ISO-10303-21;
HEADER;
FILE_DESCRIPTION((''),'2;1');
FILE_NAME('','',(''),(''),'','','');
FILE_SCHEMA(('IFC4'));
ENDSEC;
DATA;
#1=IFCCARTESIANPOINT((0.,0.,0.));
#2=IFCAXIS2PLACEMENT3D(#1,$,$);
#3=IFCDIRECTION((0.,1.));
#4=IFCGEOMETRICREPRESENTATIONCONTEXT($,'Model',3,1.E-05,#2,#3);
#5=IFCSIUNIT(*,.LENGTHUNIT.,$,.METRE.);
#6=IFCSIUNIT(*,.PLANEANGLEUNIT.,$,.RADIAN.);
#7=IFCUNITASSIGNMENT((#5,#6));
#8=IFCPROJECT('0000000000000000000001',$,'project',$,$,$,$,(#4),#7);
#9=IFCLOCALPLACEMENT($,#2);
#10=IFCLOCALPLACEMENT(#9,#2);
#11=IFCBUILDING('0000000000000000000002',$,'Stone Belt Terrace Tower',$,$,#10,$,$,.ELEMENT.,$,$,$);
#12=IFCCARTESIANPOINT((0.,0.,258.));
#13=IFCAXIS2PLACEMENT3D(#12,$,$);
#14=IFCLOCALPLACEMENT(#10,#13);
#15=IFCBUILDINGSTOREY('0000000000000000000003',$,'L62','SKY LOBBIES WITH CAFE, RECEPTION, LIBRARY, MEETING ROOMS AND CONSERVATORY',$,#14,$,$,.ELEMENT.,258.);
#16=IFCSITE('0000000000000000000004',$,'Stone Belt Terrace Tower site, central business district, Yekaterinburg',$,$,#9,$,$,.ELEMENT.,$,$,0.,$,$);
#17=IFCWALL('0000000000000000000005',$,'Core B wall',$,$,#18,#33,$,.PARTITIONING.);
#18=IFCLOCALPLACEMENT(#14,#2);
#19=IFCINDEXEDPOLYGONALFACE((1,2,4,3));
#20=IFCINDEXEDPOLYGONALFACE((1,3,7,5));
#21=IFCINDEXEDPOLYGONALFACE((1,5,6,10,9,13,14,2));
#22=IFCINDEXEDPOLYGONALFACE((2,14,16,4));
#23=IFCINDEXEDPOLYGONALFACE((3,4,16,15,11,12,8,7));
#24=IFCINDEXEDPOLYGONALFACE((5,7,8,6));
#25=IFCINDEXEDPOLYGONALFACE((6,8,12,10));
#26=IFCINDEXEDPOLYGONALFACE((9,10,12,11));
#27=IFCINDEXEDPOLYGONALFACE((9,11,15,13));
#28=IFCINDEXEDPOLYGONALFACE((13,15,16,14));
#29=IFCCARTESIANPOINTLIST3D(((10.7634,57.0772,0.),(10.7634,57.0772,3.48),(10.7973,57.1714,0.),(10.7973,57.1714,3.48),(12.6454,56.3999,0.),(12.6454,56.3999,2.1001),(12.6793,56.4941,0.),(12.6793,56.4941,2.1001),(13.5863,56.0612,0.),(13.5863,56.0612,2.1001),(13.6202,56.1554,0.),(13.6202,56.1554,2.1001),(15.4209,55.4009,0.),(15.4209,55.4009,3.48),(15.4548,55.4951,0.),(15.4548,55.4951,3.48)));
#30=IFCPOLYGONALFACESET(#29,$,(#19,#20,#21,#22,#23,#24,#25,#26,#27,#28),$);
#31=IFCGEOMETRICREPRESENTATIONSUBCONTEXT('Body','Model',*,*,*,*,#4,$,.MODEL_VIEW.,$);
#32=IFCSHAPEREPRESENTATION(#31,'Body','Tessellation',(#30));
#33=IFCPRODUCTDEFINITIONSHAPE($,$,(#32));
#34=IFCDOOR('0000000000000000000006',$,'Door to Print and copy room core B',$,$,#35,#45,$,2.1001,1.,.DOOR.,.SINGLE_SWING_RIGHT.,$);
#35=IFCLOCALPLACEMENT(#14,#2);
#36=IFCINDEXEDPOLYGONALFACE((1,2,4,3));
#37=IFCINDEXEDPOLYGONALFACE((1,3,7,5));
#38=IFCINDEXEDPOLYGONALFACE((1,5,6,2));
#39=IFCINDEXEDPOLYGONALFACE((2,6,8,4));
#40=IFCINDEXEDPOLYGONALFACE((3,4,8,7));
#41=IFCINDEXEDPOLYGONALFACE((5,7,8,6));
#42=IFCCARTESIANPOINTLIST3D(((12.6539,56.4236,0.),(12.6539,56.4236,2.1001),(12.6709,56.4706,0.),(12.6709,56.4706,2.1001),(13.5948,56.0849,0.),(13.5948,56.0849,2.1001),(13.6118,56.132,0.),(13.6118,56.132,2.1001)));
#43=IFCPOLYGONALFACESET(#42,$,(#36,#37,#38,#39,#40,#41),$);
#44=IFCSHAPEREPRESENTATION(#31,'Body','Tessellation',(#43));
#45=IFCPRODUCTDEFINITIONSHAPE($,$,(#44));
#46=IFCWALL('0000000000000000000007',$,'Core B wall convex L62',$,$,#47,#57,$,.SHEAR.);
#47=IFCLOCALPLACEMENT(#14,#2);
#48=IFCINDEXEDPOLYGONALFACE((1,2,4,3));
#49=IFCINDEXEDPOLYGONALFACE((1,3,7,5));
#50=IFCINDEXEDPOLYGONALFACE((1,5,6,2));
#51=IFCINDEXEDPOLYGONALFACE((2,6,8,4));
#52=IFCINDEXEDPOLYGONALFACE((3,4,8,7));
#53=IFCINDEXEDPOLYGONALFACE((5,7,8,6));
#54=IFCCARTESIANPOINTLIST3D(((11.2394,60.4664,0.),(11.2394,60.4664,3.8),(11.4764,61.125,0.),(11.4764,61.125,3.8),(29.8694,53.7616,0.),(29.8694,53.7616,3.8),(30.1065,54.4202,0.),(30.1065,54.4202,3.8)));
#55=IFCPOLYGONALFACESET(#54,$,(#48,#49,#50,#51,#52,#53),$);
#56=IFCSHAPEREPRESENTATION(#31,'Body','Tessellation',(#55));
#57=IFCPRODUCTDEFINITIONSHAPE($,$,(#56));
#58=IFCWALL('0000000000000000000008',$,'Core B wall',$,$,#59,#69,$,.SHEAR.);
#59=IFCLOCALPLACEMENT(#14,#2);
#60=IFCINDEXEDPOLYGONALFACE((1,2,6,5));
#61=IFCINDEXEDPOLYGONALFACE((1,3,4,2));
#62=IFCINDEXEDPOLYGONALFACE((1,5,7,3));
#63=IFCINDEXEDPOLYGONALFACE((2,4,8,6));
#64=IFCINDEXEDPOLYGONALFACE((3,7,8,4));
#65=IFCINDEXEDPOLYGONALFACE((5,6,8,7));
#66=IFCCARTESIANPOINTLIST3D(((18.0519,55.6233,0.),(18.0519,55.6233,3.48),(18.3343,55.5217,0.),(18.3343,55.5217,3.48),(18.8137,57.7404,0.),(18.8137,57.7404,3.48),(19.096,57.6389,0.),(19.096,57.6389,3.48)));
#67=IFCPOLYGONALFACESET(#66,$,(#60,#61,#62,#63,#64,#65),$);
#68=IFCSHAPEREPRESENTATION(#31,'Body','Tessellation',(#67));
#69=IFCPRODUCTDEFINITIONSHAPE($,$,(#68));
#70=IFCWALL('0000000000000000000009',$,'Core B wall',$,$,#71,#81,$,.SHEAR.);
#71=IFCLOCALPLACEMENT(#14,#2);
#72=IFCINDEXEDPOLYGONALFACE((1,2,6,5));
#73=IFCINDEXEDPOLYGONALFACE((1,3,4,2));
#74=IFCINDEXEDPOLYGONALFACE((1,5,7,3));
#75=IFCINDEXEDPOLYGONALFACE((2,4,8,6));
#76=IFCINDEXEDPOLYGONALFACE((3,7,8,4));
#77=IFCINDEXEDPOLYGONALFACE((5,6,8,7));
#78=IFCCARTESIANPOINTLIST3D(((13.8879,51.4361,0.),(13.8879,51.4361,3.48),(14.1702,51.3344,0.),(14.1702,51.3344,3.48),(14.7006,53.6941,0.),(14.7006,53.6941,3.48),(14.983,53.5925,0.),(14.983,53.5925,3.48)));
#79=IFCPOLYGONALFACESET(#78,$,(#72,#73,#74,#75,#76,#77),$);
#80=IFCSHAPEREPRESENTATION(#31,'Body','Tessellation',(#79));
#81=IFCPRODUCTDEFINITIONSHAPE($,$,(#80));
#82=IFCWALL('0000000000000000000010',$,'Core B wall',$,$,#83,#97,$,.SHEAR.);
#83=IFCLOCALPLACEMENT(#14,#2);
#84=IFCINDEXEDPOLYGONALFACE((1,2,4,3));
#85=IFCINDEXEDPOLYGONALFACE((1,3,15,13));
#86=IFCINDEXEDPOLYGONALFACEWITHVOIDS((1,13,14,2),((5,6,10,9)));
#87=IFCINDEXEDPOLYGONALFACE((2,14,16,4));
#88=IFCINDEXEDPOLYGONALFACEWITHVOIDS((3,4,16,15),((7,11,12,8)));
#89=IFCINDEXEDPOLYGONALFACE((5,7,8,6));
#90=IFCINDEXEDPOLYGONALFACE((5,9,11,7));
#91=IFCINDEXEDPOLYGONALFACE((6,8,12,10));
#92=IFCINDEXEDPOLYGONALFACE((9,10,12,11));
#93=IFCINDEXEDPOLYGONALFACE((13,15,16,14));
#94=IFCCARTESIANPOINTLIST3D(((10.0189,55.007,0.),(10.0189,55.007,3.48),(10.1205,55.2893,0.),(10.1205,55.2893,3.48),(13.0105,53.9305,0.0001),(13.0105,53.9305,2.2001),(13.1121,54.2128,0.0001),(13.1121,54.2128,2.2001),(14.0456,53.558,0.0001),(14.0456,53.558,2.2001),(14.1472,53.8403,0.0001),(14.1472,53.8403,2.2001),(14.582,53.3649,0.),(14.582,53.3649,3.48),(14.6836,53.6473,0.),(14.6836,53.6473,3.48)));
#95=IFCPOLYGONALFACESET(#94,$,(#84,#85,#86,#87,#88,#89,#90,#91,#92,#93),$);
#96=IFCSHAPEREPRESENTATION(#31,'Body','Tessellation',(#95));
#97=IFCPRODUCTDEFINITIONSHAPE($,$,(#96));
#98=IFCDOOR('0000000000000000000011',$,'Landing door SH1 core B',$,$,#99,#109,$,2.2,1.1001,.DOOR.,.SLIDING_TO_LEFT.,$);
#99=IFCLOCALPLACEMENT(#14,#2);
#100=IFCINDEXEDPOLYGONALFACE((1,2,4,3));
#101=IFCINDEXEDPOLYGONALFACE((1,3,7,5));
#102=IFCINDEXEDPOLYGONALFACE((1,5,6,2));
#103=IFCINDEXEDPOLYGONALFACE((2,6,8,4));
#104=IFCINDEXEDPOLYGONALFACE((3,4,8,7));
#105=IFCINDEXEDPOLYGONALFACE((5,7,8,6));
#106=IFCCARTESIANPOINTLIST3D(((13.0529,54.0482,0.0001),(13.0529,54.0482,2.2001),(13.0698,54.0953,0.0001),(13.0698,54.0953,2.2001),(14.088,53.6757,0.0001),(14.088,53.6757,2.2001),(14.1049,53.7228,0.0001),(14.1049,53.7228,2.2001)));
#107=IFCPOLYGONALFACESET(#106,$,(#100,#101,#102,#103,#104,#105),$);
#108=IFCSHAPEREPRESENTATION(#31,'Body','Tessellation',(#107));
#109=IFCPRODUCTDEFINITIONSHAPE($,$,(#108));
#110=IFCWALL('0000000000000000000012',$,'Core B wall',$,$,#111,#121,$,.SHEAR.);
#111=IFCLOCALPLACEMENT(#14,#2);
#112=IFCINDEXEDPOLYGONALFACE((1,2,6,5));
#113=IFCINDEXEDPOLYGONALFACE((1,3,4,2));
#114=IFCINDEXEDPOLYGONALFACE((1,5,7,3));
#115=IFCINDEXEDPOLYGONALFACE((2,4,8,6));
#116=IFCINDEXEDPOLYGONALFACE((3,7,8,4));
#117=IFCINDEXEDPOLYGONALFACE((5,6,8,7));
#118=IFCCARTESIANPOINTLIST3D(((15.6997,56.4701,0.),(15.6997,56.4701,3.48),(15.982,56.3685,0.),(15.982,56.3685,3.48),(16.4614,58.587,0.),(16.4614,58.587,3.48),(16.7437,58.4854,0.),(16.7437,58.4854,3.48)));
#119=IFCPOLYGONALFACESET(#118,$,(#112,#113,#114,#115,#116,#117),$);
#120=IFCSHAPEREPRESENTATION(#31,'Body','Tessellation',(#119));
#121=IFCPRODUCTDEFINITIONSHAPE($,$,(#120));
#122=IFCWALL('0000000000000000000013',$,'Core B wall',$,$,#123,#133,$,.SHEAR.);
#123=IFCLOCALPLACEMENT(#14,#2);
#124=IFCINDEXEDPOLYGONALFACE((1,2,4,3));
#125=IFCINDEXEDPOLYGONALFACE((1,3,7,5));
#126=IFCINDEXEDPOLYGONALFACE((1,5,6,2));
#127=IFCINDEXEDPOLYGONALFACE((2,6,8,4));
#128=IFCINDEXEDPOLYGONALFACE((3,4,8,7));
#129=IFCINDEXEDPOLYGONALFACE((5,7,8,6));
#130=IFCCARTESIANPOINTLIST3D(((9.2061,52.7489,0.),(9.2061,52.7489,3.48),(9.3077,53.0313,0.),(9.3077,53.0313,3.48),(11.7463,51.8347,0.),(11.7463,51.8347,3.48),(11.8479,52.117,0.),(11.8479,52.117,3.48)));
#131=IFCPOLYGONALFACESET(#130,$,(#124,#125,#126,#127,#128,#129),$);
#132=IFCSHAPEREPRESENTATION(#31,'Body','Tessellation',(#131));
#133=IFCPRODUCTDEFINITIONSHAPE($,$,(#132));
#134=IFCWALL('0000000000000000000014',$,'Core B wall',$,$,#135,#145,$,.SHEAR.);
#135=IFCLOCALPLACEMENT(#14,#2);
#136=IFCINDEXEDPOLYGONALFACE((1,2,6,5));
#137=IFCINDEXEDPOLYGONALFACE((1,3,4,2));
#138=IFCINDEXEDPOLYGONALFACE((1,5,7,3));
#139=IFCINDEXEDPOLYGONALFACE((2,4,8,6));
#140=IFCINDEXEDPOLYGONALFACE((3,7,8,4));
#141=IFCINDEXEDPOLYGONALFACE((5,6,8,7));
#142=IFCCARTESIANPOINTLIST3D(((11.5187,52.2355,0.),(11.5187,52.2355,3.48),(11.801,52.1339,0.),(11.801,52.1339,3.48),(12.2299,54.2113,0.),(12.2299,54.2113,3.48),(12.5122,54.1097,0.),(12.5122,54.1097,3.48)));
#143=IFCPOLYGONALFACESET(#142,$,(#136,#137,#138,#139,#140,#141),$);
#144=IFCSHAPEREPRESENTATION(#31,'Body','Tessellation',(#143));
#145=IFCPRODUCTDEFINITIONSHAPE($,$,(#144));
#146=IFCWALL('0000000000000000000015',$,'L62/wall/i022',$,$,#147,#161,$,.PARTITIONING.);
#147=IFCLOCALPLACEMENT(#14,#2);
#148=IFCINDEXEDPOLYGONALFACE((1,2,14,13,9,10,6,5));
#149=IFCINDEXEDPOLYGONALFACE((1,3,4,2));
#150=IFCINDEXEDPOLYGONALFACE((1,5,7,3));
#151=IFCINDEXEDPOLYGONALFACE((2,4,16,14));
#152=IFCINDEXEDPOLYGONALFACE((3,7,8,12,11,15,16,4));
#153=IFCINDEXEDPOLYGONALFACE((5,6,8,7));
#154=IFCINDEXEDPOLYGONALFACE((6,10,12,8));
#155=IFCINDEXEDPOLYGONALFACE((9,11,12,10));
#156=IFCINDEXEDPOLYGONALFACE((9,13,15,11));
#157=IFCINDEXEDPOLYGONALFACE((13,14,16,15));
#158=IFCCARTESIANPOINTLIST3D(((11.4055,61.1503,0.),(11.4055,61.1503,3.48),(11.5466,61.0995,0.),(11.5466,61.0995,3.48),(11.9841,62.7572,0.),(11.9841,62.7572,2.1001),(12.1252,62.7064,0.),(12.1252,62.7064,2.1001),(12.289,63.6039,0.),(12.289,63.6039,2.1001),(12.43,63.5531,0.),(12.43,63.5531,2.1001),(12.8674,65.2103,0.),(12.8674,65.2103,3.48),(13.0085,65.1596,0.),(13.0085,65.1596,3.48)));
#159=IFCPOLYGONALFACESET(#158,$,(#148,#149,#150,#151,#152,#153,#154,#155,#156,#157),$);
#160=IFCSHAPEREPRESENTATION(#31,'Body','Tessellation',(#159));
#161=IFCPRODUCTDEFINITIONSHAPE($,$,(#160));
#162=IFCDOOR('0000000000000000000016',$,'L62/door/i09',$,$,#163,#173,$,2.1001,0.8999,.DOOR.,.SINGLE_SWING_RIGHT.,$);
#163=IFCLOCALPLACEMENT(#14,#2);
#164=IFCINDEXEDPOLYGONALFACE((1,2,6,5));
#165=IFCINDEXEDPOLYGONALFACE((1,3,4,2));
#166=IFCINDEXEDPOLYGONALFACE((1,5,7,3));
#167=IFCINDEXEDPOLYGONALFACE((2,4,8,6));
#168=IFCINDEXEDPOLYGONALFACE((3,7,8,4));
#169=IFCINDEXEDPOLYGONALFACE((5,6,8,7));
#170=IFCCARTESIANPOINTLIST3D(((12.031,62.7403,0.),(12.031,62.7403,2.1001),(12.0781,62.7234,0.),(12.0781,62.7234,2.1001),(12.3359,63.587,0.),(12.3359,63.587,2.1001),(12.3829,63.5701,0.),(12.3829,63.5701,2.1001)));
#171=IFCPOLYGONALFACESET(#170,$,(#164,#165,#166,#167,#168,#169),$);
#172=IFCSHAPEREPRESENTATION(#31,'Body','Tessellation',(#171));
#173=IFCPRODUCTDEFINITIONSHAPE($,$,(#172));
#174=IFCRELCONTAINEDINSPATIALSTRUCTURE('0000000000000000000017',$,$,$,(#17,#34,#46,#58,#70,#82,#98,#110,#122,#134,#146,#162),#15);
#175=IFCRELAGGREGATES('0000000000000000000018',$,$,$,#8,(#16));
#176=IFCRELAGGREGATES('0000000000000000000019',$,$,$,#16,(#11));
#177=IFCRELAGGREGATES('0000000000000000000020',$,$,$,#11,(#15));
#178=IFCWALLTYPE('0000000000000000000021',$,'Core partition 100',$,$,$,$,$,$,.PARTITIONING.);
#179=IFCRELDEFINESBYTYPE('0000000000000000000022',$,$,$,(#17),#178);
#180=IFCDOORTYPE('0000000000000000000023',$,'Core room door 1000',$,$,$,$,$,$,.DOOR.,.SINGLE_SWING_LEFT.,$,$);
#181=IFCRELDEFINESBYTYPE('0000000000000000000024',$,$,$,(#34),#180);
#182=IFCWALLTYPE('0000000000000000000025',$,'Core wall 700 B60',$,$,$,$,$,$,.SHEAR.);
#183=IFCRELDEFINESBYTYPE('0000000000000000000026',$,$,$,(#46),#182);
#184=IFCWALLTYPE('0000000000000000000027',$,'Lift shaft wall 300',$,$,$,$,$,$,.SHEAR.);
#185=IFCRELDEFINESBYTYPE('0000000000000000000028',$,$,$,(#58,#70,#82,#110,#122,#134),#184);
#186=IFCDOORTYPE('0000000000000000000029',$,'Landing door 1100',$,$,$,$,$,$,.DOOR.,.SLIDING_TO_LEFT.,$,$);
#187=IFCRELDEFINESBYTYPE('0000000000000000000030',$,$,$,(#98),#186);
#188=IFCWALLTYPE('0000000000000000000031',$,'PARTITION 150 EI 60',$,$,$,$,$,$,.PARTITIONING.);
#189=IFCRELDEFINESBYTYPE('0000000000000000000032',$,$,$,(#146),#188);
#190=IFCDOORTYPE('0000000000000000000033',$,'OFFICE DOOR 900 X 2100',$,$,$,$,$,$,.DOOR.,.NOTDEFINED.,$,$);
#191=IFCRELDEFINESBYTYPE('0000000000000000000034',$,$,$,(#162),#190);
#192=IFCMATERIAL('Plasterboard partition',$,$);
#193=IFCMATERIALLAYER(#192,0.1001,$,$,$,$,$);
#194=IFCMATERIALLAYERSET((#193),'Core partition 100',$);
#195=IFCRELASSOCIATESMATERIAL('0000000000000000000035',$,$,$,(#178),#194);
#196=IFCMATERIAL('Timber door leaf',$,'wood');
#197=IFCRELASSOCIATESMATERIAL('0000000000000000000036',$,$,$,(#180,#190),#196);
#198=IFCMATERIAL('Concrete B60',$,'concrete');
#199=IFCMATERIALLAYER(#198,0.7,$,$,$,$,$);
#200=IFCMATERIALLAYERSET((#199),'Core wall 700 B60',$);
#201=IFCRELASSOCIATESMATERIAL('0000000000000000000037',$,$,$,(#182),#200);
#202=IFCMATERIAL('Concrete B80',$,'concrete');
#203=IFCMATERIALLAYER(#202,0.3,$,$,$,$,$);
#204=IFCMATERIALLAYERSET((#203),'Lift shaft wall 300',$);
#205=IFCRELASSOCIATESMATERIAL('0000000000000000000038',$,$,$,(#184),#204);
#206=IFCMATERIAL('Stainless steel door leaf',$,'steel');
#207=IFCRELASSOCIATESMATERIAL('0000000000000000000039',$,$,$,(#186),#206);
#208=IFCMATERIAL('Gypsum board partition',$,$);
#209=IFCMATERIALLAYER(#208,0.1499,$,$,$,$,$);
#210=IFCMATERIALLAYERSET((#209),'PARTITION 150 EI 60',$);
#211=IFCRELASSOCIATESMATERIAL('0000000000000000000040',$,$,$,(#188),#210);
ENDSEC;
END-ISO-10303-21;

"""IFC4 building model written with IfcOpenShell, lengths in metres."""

from ifc_helpers import new_model, si_unit, direction, frame, frame_2d, origin, place, context, subcontext, project, spatial, rectangle, extrude, material, layer, layer_set, type_object, element, fill, save


model = new_model("IFC4")

# Units and contexts
model_context = context("Model", 3, precision=1e-05, world=origin(), true_north=direction((0.0, 1.0)))
body_context = subcontext(model_context, "Body", "Model", "MODEL_VIEW")
ifc_project = project(units=[si_unit("LENGTHUNIT", "METRE"), si_unit("PLANEANGLEUNIT", "RADIAN")], contexts=[model_context])

# Site, building, storey
site_placement = place(None, origin())
site = spatial("IfcSite", under=ifc_project, at=site_placement, Name="Stone Belt Terrace Tower site, central business district, Yekaterinburg", CompositionType="ELEMENT", RefElevation=0.0)
building_placement = place(site_placement, origin())
building = spatial("IfcBuilding", under=site, at=building_placement, Name="Stone Belt Terrace Tower", CompositionType="ELEMENT")
storey_placement = place(building_placement, frame((0.0, 0.0, 258.0)))
storey = spatial("IfcBuildingStorey", under=building, at=storey_placement, Name="L62", Description="SKY LOBBIES WITH CAFE, RECEPTION, LIBRARY, MEETING ROOMS AND CONSERVATORY", CompositionType="ELEMENT", Elevation=258.0)

# Shared definitions
ifc_material_1 = material(Name="Concrete B60", Category="concrete")

# Shared definitions
ifc_material_2 = material(Name="Plasterboard partition")
ifc_layer_1 = layer(ifc_material_2, 0.1001)
ifc_layer_set_1 = layer_set([ifc_layer_1], Name="Core partition 100")
wall_type_1 = type_object("IfcWallType", Name="Core partition 100", PredefinedType="PARTITIONING", material=ifc_layer_set_1)
ifc_material_3 = material(Name="Timber door leaf", Category="wood")
door_type_1 = type_object("IfcDoorType", Name="Core room door 1000", OperationType="SINGLE_SWING_LEFT", PredefinedType="DOOR", material=ifc_material_3)

# Wall, opening, door
wall_1_placement = place(storey_placement, frame((15.438, 55.448, 0.0), z_axis=(0.0, 0.0, 1.0), x_axis=(-0.940914, 0.338644, 0.0)))
wall_1 = element("IfcWall", 1, at=wall_1_placement, inside=storey, type_object=wall_type_1, Name="Core B wall", PredefinedType="PARTITIONING", context=body_context, shape_type="SweptSolid", body=[
    extrude(rectangle(XDim=4.95, YDim=0.1001, at=frame_2d((2.4751, 0.0))), origin(), (0.0, 0.0, 1.0), 3.48),
])
opening_1_placement = place(wall_1_placement, frame((1.95, 0.0, 0.0)))
opening_1 = element("IfcOpeningElement", 2, at=opening_1_placement, cuts=wall_1, PredefinedType="OPENING", context=body_context, shape_type="SweptSolid", body=[
    extrude(rectangle(XDim=1.0, YDim=2.1001, at=frame_2d((0.5, 1.05))), frame((0.0, 0.0601, 0.0), z_axis=(0.0, -1.0, 0.0), x_axis=(1.0, 0.0, 0.0)), (0.0, 0.0, 1.0), 0.1201),
])
door_1_placement = place(opening_1_placement, origin())
door_1 = element("IfcDoor", 3, at=door_1_placement, inside=storey, type_object=door_type_1, Name="Door to Print and copy room core B", OperationType="SINGLE_SWING_RIGHT", OverallHeight=2.1001, OverallWidth=1.0, PredefinedType="DOOR", context=body_context, shape_type="SweptSolid", body=[
    extrude(rectangle(XDim=1.0, YDim=2.1001, at=frame_2d((0.5, 1.05))), frame((0.0, 0.0249, 0.0), z_axis=(0.0, -1.0, 0.0), x_axis=(1.0, 0.0, 0.0)), (0.0, 0.0, 1.0), 0.05),
])
fill(opening_1, door_1)

# Walls
ifc_layer_2 = layer(ifc_material_1, 0.7)
ifc_layer_set_2 = layer_set([ifc_layer_2], Name="Core wall 700 B60")
wall_type_2 = type_object("IfcWallType", Name="Core wall 700 B60", PredefinedType="SHEAR", material=ifc_layer_set_2)
wall_2_placement = place(storey_placement, frame((11.3579, 60.7957, 0.0), z_axis=(0.0, 0.0, 1.0), x_axis=(0.94092, -0.33863, 0.0)))
element("IfcWall", 4, at=wall_2_placement, inside=storey, type_object=wall_type_2, Name="Core B wall convex L62", PredefinedType="SHEAR", context=body_context, shape_type="SweptSolid", body=[
    extrude(rectangle(XDim=19.7998, YDim=0.7, at=frame_2d((9.8999, 0.0))), origin(), (0.0, 0.0, 1.0), 3.8),
])
ifc_material_4 = material(Name="Concrete B80", Category="concrete")
ifc_layer_3 = layer(ifc_material_4, 0.3)
ifc_layer_set_3 = layer_set([ifc_layer_3], Name="Lift shaft wall 300")
wall_type_3 = type_object("IfcWallType", Name="Lift shaft wall 300", PredefinedType="SHEAR", material=ifc_layer_set_3)
wall_3_placement = place(storey_placement, frame((18.1931, 55.5725, 0.0), z_axis=(0.0, 0.0, 1.0), x_axis=(0.338535, 0.940954, 0.0)))
element("IfcWall", 5, at=wall_3_placement, inside=storey, type_object=wall_type_3, Name="Core B wall", PredefinedType="SHEAR", context=body_context, shape_type="SweptSolid", body=[
    extrude(rectangle(XDim=2.25, YDim=0.3, at=frame_2d((1.125, 0.0))), origin(), (0.0, 0.0, 1.0), 3.48),
])
wall_4_placement = place(storey_placement, frame((14.0291, 51.3853, 0.0), z_axis=(0.0, 0.0, 1.0), x_axis=(0.338662, 0.940908, 0.0)))
element("IfcWall", 6, at=wall_4_placement, inside=storey, type_object=wall_type_3, Name="Core B wall", PredefinedType="SHEAR", context=body_context, shape_type="SweptSolid", body=[
    extrude(rectangle(XDim=2.3999, YDim=0.3, at=frame_2d((1.2, 0.0))), origin(), (0.0, 0.0, 1.0), 3.48),
])

# Wall, opening, door
wall_5_placement = place(storey_placement, frame((14.6328, 53.5061, 0.0), z_axis=(0.0, 0.0, 1.0), x_axis=(-0.940932, 0.338596, 0.0)))
wall_5 = element("IfcWall", 7, at=wall_5_placement, inside=storey, type_object=wall_type_3, Name="Core B wall", PredefinedType="SHEAR", context=body_context, shape_type="SweptSolid", body=[
    extrude(rectangle(XDim=4.8496, YDim=0.3, at=frame_2d((2.4248, 0.0))), origin(), (0.0, 0.0, 1.0), 3.48),
])
opening_2_placement = place(wall_5_placement, frame((0.5701, 0.0, 0.0)))
opening_2 = element("IfcOpeningElement", 8, at=opening_2_placement, cuts=wall_5, PredefinedType="OPENING", context=body_context, shape_type="SweptSolid", body=[
    extrude(rectangle(XDim=1.1001, YDim=2.2, at=frame_2d((0.55, 1.1001))), frame((0.0, 0.1599, 0.0), z_axis=(0.0, -1.0, 0.0), x_axis=(1.0, 0.0, 0.0)), (0.0, 0.0, 1.0), 0.3201),
])
ifc_material_5 = material(Name="Stainless steel door leaf", Category="steel")
door_type_2 = type_object("IfcDoorType", Name="Landing door 1100", OperationType="SLIDING_TO_LEFT", PredefinedType="DOOR", material=ifc_material_5)
door_2_placement = place(opening_2_placement, origin())
door_2 = element("IfcDoor", 9, at=door_2_placement, inside=storey, type_object=door_type_2, Name="Landing door SH1 core B", OperationType="SLIDING_TO_LEFT", OverallHeight=2.2, OverallWidth=1.1001, PredefinedType="DOOR", context=body_context, shape_type="SweptSolid", body=[
    extrude(rectangle(XDim=1.1001, YDim=2.2, at=frame_2d((0.55, 1.1001))), frame((0.0, 0.0249, 0.0), z_axis=(0.0, -1.0, 0.0), x_axis=(1.0, 0.0, 0.0)), (0.0, 0.0, 1.0), 0.05),
])
fill(opening_2, door_2)

# Walls
wall_6_placement = place(storey_placement, frame((15.8408, 56.4192, 0.0), z_axis=(0.0, 0.0, 1.0), x_axis=(0.33857, 0.940941, 0.0)))
element("IfcWall", 10, at=wall_6_placement, inside=storey, type_object=wall_type_3, Name="Core B wall", PredefinedType="SHEAR", context=body_context, shape_type="SweptSolid", body=[
    extrude(rectangle(XDim=2.2498, YDim=0.3, at=frame_2d((1.125, 0.0))), origin(), (0.0, 0.0, 1.0), 3.48),
])
wall_7_placement = place(storey_placement, frame((11.7971, 51.9758, 0.0), z_axis=(0.0, 0.0, 1.0), x_axis=(-0.94091, 0.338655, 0.0)))
element("IfcWall", 11, at=wall_7_placement, inside=storey, type_object=wall_type_3, Name="Core B wall", PredefinedType="SHEAR", context=body_context, shape_type="SweptSolid", body=[
    extrude(rectangle(XDim=2.6997, YDim=0.3, at=frame_2d((1.3499, 0.0))), origin(), (0.0, 0.0, 1.0), 3.48),
])
wall_8_placement = place(storey_placement, frame((11.6599, 52.1848, 0.0), z_axis=(0.0, 0.0, 1.0), x_axis=(0.33867, 0.940905, 0.0)))
element("IfcWall", 12, at=wall_8_placement, inside=storey, type_object=wall_type_3, Name="Core B wall", PredefinedType="SHEAR", context=body_context, shape_type="SweptSolid", body=[
    extrude(rectangle(XDim=2.0999, YDim=0.3, at=frame_2d((1.0498, 0.0))), origin(), (0.0, 0.0, 1.0), 3.48),
])

# Wall, opening, door
ifc_material_6 = material(Name="Gypsum board partition")
ifc_layer_4 = layer(ifc_material_6, 0.1499)
ifc_layer_set_4 = layer_set([ifc_layer_4], Name="PARTITION 150 EI 60")
wall_type_4 = type_object("IfcWallType", Name="PARTITION 150 EI 60", PredefinedType="PARTITIONING", material=ifc_layer_set_4)
wall_9_placement = place(storey_placement, frame((12.938, 65.1851, 0.0), z_axis=(0.0, 0.0, 1.0), x_axis=(-0.33878, -0.940866, 0.0)))
wall_9 = element("IfcWall", 13, at=wall_9_placement, inside=storey, type_object=wall_type_4, Name="L62/wall/i022", PredefinedType="PARTITIONING", context=body_context, shape_type="SweptSolid", body=[
    extrude(rectangle(XDim=4.3152, YDim=0.1499, at=frame_2d((2.1577, 0.0))), origin(), (0.0, 0.0, 1.0), 3.48),
])
opening_3_placement = place(wall_9_placement, frame((1.7075, 0.0, 0.0)))
opening_3 = element("IfcOpeningElement", 14, at=opening_3_placement, cuts=wall_9, PredefinedType="OPENING", context=body_context, shape_type="SweptSolid", body=[
    extrude(rectangle(XDim=0.8999, YDim=2.1001, at=frame_2d((0.45, 1.05))), frame((0.0, 0.085, 0.0), z_axis=(0.0, -1.0, 0.0), x_axis=(1.0, 0.0, 0.0)), (0.0, 0.0, 1.0), 0.1699),
])
door_type_3 = type_object("IfcDoorType", Name="OFFICE DOOR 900 X 2100", OperationType="NOTDEFINED", PredefinedType="DOOR", material=ifc_material_3)
door_3_placement = place(opening_3_placement, origin())
door_3 = element("IfcDoor", 15, at=door_3_placement, inside=storey, type_object=door_type_3, Name="L62/door/i09", OperationType="SINGLE_SWING_RIGHT", OverallHeight=2.1001, OverallWidth=0.8999, PredefinedType="DOOR", context=body_context, shape_type="SweptSolid", body=[
    extrude(rectangle(XDim=0.8999, YDim=2.1001, at=frame_2d((0.45, 1.05))), frame((0.0, 0.0249, 0.0), z_axis=(0.0, -1.0, 0.0), x_axis=(1.0, 0.0, 0.0)), (0.0, 0.0, 1.0), 0.05),
])
fill(opening_3, door_3)

save(model, "model.ifc")
